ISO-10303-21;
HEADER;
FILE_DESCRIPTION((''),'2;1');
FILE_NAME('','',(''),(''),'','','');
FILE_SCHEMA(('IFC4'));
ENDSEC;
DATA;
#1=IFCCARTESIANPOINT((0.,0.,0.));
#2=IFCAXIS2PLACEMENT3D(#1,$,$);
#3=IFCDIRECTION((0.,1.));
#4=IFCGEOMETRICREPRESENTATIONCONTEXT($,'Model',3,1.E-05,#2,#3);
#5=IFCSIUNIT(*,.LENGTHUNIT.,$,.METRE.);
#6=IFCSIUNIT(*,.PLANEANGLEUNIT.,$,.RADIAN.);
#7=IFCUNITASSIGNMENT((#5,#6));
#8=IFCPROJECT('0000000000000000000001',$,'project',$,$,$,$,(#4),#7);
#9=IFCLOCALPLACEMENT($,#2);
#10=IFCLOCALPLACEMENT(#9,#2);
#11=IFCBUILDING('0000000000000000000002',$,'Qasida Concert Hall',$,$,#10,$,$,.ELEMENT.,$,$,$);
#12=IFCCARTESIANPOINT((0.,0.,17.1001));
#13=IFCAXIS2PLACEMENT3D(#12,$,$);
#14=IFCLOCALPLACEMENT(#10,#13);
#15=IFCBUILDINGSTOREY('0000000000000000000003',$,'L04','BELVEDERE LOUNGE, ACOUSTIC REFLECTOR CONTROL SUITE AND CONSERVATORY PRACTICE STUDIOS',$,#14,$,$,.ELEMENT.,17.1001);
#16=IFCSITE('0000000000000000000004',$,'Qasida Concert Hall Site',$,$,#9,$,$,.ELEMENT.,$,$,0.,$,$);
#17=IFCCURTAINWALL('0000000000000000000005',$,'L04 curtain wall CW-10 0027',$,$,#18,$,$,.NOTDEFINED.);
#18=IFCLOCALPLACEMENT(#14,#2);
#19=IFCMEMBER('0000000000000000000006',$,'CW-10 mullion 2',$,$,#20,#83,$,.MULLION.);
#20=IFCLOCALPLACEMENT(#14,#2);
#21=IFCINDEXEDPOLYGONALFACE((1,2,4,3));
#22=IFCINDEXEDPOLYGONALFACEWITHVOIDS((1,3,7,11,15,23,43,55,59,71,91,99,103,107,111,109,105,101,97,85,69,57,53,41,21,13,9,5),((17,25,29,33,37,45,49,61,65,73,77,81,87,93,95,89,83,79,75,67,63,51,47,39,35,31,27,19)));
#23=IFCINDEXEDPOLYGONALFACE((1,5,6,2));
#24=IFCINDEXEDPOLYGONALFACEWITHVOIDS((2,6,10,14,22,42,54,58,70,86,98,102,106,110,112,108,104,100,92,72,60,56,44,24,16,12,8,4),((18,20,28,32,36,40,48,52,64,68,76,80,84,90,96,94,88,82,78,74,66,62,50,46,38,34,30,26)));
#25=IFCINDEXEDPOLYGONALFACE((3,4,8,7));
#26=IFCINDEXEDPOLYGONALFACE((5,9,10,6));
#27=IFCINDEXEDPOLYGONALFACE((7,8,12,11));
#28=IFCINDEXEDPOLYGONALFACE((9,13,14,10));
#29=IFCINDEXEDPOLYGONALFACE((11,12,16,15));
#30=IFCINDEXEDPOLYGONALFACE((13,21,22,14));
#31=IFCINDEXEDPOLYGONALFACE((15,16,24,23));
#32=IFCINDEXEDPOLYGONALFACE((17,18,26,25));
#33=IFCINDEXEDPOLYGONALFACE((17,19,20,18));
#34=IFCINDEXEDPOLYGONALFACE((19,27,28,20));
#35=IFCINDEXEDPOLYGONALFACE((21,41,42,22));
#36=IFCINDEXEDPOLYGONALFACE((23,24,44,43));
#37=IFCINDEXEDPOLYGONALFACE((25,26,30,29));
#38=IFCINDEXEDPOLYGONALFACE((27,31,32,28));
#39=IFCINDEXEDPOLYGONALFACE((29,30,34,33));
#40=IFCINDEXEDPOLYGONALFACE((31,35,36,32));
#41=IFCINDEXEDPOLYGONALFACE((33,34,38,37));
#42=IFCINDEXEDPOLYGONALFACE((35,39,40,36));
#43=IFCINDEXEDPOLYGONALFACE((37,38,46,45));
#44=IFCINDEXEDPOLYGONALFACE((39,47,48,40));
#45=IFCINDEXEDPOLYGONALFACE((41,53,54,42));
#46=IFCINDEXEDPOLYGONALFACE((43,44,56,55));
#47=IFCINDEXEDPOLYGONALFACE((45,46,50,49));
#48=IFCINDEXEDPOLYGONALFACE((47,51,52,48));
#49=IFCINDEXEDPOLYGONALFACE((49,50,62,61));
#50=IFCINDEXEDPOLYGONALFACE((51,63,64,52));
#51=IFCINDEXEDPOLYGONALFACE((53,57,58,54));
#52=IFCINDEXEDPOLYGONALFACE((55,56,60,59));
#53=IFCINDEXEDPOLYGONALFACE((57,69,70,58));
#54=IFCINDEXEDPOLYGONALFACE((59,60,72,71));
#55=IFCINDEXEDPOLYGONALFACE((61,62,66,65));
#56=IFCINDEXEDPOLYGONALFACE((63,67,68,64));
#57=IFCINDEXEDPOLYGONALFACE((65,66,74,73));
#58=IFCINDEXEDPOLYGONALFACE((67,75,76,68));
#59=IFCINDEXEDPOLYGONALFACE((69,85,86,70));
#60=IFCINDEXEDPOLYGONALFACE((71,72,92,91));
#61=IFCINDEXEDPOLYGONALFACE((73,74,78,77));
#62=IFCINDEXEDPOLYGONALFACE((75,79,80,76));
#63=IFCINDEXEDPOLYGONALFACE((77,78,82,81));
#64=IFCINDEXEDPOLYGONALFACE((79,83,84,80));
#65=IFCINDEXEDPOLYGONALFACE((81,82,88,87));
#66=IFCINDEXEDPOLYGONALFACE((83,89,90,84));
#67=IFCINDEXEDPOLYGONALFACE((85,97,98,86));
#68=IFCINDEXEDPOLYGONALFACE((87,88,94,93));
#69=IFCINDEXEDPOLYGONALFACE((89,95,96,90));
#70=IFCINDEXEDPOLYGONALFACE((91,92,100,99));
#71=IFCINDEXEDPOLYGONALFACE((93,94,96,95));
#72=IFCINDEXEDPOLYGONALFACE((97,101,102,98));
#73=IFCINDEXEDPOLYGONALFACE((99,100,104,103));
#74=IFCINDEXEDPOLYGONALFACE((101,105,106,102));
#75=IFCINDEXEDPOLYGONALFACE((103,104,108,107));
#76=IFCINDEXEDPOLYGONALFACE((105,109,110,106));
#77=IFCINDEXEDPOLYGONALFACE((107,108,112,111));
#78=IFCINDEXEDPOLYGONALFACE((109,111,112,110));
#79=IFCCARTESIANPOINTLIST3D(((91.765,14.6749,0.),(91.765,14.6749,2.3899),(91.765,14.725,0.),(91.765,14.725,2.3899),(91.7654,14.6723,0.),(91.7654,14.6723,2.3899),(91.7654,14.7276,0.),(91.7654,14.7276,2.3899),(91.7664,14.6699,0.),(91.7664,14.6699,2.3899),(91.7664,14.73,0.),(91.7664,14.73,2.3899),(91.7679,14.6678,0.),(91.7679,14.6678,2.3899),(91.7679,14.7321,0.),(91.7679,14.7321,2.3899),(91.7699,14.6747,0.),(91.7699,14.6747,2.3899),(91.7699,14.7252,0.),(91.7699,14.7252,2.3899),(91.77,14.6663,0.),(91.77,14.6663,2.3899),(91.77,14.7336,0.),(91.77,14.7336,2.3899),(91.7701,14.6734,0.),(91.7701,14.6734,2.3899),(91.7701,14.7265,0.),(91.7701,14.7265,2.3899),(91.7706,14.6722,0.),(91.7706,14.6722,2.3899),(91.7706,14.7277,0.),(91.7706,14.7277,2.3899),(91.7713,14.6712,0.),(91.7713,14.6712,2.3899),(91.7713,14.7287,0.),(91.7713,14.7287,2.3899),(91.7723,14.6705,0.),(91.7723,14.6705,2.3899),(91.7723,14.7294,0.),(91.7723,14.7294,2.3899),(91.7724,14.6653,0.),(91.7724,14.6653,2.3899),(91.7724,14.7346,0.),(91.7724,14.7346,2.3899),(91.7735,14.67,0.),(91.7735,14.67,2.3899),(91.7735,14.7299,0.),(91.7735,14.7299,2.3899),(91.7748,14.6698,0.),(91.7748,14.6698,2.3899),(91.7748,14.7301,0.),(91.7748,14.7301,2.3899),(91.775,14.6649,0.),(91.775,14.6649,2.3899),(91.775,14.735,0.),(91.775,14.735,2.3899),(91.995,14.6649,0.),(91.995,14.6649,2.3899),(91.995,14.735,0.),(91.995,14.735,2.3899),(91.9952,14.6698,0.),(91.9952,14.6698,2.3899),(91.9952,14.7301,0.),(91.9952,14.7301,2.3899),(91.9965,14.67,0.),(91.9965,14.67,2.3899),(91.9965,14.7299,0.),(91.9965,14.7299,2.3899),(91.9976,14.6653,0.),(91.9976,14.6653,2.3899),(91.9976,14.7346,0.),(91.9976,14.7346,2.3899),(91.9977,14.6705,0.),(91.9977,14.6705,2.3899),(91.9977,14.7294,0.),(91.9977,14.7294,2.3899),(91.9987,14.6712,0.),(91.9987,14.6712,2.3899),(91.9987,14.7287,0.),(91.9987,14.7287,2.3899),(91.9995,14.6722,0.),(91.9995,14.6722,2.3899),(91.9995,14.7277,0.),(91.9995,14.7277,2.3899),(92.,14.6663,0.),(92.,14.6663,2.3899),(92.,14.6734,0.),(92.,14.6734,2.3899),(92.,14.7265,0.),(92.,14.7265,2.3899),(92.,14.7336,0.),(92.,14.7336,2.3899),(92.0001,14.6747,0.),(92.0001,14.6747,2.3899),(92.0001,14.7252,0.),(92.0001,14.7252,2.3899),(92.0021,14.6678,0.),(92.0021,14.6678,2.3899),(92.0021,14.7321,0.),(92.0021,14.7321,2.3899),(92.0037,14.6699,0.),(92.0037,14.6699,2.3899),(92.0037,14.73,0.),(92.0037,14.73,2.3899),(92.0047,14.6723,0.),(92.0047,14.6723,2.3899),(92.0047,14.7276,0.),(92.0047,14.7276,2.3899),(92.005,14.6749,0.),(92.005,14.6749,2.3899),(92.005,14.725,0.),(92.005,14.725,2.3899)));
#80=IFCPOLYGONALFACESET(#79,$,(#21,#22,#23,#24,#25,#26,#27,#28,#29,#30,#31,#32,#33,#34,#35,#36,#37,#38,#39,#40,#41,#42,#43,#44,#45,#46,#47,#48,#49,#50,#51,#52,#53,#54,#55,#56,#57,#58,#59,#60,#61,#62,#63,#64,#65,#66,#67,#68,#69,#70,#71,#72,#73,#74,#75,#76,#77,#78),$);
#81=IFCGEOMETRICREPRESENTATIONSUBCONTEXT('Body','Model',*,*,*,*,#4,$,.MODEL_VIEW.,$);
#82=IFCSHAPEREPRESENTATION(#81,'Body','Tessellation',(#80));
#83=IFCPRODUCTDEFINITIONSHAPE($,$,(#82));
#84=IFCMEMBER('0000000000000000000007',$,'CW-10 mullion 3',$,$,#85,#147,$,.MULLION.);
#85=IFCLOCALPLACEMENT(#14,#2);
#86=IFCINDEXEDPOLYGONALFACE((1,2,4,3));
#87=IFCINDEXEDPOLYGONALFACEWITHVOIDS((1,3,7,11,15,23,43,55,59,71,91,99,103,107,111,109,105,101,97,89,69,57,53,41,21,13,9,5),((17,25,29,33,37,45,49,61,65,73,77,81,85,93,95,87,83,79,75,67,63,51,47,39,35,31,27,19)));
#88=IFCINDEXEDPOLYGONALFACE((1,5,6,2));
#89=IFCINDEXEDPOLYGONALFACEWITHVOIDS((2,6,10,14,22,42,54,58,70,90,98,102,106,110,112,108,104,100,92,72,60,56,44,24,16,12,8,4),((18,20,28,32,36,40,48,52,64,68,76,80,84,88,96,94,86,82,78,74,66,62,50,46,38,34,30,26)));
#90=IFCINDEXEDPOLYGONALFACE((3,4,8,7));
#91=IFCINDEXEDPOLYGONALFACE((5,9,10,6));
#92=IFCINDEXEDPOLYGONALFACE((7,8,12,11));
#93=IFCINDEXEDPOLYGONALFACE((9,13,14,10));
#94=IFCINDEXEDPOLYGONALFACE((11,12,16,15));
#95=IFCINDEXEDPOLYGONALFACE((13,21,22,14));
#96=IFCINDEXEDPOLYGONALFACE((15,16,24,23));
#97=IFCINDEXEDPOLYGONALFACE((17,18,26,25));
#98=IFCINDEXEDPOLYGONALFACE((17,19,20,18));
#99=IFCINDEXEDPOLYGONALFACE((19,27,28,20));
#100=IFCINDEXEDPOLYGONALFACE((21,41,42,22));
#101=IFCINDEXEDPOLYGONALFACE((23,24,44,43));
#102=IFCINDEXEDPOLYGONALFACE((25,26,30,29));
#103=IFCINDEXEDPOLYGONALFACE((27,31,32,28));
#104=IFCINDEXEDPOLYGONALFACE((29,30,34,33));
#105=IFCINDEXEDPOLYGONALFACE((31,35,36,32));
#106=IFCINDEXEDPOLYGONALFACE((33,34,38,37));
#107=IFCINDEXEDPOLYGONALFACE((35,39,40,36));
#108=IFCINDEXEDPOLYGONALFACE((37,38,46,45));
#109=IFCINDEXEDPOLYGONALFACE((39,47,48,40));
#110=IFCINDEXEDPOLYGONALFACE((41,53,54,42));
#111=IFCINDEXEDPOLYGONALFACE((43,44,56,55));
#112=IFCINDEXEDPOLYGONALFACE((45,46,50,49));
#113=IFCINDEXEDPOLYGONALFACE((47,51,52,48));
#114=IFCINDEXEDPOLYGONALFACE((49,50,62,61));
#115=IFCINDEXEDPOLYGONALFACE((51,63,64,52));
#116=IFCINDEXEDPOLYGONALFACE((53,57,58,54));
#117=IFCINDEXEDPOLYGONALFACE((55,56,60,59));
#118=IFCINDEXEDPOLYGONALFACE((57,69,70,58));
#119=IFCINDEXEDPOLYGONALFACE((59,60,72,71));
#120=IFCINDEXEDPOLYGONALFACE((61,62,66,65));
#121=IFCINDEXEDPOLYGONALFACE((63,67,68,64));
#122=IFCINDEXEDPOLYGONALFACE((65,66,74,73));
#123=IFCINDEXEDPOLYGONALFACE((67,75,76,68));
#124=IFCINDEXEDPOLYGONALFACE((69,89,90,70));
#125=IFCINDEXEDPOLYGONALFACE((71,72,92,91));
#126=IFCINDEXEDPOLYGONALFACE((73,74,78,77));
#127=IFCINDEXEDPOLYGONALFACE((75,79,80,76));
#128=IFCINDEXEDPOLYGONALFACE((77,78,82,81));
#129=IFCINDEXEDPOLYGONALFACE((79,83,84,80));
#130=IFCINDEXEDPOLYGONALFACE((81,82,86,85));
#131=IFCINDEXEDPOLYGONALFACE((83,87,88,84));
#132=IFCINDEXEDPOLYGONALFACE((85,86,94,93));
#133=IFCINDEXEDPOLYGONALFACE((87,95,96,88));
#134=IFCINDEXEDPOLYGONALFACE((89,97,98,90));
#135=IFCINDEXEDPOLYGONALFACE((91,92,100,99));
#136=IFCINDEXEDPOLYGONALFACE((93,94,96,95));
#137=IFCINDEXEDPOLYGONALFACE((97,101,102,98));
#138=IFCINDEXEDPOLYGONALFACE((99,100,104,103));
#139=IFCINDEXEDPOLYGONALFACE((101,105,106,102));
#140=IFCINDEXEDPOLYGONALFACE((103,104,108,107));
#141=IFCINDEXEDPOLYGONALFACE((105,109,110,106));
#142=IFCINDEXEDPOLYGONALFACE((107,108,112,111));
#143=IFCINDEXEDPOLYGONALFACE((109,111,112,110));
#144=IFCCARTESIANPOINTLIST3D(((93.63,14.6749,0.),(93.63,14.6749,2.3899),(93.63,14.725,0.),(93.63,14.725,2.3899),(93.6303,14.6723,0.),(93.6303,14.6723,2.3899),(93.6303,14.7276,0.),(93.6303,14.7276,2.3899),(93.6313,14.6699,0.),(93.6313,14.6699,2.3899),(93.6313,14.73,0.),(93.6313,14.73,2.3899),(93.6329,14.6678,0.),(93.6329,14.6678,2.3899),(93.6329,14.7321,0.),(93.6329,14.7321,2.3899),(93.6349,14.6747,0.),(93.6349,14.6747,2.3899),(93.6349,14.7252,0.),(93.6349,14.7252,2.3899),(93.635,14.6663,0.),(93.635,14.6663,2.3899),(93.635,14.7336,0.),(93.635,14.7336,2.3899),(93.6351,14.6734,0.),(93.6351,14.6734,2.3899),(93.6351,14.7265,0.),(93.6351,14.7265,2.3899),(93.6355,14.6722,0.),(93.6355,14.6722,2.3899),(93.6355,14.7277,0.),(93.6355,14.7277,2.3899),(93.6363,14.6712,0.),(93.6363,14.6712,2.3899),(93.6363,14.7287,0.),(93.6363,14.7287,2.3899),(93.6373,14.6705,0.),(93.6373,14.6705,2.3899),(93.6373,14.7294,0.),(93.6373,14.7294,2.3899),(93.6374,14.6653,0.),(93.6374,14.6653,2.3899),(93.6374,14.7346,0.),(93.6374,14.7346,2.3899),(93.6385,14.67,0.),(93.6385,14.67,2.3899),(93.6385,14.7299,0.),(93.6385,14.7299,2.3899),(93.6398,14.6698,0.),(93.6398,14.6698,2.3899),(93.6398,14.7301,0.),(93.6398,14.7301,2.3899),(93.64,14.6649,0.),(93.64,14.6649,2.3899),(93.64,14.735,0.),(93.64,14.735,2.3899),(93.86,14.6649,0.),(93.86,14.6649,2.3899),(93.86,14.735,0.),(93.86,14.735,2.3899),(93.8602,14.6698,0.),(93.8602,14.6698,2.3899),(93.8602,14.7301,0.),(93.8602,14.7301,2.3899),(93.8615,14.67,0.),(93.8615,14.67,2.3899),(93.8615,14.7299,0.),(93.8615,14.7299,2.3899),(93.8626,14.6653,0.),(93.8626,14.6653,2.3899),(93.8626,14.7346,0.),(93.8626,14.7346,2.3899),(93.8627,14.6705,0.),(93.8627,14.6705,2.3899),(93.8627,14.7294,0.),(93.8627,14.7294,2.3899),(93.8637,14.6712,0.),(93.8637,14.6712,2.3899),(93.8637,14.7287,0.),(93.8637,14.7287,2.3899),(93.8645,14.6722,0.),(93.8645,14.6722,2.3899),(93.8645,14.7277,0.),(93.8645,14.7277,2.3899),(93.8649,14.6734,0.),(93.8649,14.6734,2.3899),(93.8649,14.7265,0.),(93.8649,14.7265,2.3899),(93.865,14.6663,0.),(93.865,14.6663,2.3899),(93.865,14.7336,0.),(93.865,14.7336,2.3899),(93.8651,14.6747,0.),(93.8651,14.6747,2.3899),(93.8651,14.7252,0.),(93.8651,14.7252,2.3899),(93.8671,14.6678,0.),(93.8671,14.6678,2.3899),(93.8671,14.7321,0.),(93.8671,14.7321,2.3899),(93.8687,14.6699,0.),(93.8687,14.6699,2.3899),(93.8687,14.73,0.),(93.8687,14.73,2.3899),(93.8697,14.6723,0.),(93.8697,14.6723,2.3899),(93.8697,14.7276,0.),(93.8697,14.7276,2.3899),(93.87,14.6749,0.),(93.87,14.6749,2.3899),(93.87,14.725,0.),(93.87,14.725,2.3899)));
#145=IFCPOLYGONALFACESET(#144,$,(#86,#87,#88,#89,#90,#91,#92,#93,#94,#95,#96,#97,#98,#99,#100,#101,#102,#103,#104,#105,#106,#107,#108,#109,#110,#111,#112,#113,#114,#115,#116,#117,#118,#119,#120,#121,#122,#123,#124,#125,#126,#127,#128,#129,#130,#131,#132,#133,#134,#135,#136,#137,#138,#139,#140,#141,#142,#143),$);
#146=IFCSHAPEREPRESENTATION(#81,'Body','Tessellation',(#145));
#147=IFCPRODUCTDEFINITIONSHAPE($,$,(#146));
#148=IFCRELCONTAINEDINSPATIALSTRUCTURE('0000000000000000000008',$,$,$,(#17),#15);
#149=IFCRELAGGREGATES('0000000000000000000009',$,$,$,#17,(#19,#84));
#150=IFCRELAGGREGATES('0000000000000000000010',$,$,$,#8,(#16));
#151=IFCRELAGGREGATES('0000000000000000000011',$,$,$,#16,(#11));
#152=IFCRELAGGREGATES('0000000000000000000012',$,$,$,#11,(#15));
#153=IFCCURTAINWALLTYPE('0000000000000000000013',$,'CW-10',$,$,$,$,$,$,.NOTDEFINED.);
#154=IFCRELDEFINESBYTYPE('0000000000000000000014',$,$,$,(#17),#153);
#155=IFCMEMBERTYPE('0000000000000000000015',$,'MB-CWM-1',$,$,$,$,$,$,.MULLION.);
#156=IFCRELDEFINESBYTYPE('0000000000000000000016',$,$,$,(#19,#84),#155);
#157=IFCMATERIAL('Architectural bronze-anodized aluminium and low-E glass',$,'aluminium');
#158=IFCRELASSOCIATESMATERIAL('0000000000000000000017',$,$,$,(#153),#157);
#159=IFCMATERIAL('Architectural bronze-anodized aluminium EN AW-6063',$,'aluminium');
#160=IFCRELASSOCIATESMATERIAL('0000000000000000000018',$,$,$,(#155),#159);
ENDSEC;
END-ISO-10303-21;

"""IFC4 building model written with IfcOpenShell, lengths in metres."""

from ifc_helpers import new_model, si_unit, direction, frame, origin, origin_2d, place, context, subcontext, project, spatial, hollow_rectangle, extrude, material, material_profile, profile_set, type_object, element, aggregate, save


model = new_model("IFC4")

# Units and contexts
model_context = context("Model", 3, precision=1e-05, world=origin(), true_north=direction((0.0, 1.0)))
body_context = subcontext(model_context, "Body", "Model", "MODEL_VIEW")
ifc_project = project(units=[si_unit("LENGTHUNIT", "METRE"), si_unit("PLANEANGLEUNIT", "RADIAN")], contexts=[model_context])

# Site, building, storey
site_placement = place(None, origin())
site = spatial("IfcSite", under=ifc_project, at=site_placement, Name="Qasida Concert Hall Site", CompositionType="ELEMENT", RefElevation=0.0)
building_placement = place(site_placement, origin())
building = spatial("IfcBuilding", under=site, at=building_placement, Name="Qasida Concert Hall", CompositionType="ELEMENT")
storey_placement = place(building_placement, frame((0.0, 0.0, 17.1001)))
storey = spatial("IfcBuildingStorey", under=building, at=storey_placement, Name="L04", Description="BELVEDERE LOUNGE, ACOUSTIC REFLECTOR CONTROL SUITE AND CONSERVATORY PRACTICE STUDIOS", CompositionType="ELEMENT", Elevation=17.1001)

# Curtain wall, members
ifc_material_1 = material(Name="Architectural bronze-anodized aluminium and low-E glass", Category="aluminium")
curtain_wall_type = type_object("IfcCurtainWallType", Name="CW-10", PredefinedType="NOTDEFINED", material=ifc_material_1)
curtain_wall_placement = place(storey_placement, origin())
curtain_wall = element("IfcCurtainWall", 1, at=curtain_wall_placement, inside=storey, type_object=curtain_wall_type, Name="L04 curtain wall CW-10 0027", PredefinedType="NOTDEFINED")
ifc_material_2 = material(Name="Architectural bronze-anodized aluminium EN AW-6063", Category="aluminium")
ifc_material_profile_1 = material_profile(ifc_material_2, hollow_rectangle(XDim=0.0701, YDim=0.24, WallThickness=0.0049, InnerFilletRadius=0.0049, OuterFilletRadius=0.01, at=origin_2d()), Name="CWM 240x70x5")
ifc_profile_set_1 = profile_set([ifc_material_profile_1], Name="Architectural bronze-anodized aluminium EN AW-6063")
member_type_1 = type_object("IfcMemberType", Name="MB-CWM-1", PredefinedType="MULLION", material=ifc_profile_set_1)
member_1_placement = place(storey_placement, frame((91.885, 14.7, 0.0), z_axis=(0.0, 0.0, 1.0), x_axis=(0.0, 1.0, 0.0)))
member_1 = element("IfcMember", 2, at=member_1_placement, type_object=member_type_1, Name="CW-10 mullion 2", PredefinedType="MULLION", context=body_context, shape_type="SweptSolid", body=[
    extrude(hollow_rectangle(XDim=0.0701, YDim=0.24, WallThickness=0.0049, InnerFilletRadius=0.0049, OuterFilletRadius=0.01, at=origin_2d()), origin(), (0.0, 0.0, 1.0), 2.3899),
])
member_2_placement = place(storey_placement, frame((93.75, 14.7, 0.0), z_axis=(0.0, 0.0, 1.0), x_axis=(0.0, 1.0, 0.0)))
member_2 = element("IfcMember", 3, at=member_2_placement, type_object=member_type_1, Name="CW-10 mullion 3", PredefinedType="MULLION", context=body_context, shape_type="SweptSolid", body=[
    extrude(hollow_rectangle(XDim=0.0701, YDim=0.24, WallThickness=0.0049, InnerFilletRadius=0.0049, OuterFilletRadius=0.01, at=origin_2d()), origin(), (0.0, 0.0, 1.0), 2.3899),
])
aggregate(curtain_wall, [member_1, member_2])

save(model, "model.ifc")
